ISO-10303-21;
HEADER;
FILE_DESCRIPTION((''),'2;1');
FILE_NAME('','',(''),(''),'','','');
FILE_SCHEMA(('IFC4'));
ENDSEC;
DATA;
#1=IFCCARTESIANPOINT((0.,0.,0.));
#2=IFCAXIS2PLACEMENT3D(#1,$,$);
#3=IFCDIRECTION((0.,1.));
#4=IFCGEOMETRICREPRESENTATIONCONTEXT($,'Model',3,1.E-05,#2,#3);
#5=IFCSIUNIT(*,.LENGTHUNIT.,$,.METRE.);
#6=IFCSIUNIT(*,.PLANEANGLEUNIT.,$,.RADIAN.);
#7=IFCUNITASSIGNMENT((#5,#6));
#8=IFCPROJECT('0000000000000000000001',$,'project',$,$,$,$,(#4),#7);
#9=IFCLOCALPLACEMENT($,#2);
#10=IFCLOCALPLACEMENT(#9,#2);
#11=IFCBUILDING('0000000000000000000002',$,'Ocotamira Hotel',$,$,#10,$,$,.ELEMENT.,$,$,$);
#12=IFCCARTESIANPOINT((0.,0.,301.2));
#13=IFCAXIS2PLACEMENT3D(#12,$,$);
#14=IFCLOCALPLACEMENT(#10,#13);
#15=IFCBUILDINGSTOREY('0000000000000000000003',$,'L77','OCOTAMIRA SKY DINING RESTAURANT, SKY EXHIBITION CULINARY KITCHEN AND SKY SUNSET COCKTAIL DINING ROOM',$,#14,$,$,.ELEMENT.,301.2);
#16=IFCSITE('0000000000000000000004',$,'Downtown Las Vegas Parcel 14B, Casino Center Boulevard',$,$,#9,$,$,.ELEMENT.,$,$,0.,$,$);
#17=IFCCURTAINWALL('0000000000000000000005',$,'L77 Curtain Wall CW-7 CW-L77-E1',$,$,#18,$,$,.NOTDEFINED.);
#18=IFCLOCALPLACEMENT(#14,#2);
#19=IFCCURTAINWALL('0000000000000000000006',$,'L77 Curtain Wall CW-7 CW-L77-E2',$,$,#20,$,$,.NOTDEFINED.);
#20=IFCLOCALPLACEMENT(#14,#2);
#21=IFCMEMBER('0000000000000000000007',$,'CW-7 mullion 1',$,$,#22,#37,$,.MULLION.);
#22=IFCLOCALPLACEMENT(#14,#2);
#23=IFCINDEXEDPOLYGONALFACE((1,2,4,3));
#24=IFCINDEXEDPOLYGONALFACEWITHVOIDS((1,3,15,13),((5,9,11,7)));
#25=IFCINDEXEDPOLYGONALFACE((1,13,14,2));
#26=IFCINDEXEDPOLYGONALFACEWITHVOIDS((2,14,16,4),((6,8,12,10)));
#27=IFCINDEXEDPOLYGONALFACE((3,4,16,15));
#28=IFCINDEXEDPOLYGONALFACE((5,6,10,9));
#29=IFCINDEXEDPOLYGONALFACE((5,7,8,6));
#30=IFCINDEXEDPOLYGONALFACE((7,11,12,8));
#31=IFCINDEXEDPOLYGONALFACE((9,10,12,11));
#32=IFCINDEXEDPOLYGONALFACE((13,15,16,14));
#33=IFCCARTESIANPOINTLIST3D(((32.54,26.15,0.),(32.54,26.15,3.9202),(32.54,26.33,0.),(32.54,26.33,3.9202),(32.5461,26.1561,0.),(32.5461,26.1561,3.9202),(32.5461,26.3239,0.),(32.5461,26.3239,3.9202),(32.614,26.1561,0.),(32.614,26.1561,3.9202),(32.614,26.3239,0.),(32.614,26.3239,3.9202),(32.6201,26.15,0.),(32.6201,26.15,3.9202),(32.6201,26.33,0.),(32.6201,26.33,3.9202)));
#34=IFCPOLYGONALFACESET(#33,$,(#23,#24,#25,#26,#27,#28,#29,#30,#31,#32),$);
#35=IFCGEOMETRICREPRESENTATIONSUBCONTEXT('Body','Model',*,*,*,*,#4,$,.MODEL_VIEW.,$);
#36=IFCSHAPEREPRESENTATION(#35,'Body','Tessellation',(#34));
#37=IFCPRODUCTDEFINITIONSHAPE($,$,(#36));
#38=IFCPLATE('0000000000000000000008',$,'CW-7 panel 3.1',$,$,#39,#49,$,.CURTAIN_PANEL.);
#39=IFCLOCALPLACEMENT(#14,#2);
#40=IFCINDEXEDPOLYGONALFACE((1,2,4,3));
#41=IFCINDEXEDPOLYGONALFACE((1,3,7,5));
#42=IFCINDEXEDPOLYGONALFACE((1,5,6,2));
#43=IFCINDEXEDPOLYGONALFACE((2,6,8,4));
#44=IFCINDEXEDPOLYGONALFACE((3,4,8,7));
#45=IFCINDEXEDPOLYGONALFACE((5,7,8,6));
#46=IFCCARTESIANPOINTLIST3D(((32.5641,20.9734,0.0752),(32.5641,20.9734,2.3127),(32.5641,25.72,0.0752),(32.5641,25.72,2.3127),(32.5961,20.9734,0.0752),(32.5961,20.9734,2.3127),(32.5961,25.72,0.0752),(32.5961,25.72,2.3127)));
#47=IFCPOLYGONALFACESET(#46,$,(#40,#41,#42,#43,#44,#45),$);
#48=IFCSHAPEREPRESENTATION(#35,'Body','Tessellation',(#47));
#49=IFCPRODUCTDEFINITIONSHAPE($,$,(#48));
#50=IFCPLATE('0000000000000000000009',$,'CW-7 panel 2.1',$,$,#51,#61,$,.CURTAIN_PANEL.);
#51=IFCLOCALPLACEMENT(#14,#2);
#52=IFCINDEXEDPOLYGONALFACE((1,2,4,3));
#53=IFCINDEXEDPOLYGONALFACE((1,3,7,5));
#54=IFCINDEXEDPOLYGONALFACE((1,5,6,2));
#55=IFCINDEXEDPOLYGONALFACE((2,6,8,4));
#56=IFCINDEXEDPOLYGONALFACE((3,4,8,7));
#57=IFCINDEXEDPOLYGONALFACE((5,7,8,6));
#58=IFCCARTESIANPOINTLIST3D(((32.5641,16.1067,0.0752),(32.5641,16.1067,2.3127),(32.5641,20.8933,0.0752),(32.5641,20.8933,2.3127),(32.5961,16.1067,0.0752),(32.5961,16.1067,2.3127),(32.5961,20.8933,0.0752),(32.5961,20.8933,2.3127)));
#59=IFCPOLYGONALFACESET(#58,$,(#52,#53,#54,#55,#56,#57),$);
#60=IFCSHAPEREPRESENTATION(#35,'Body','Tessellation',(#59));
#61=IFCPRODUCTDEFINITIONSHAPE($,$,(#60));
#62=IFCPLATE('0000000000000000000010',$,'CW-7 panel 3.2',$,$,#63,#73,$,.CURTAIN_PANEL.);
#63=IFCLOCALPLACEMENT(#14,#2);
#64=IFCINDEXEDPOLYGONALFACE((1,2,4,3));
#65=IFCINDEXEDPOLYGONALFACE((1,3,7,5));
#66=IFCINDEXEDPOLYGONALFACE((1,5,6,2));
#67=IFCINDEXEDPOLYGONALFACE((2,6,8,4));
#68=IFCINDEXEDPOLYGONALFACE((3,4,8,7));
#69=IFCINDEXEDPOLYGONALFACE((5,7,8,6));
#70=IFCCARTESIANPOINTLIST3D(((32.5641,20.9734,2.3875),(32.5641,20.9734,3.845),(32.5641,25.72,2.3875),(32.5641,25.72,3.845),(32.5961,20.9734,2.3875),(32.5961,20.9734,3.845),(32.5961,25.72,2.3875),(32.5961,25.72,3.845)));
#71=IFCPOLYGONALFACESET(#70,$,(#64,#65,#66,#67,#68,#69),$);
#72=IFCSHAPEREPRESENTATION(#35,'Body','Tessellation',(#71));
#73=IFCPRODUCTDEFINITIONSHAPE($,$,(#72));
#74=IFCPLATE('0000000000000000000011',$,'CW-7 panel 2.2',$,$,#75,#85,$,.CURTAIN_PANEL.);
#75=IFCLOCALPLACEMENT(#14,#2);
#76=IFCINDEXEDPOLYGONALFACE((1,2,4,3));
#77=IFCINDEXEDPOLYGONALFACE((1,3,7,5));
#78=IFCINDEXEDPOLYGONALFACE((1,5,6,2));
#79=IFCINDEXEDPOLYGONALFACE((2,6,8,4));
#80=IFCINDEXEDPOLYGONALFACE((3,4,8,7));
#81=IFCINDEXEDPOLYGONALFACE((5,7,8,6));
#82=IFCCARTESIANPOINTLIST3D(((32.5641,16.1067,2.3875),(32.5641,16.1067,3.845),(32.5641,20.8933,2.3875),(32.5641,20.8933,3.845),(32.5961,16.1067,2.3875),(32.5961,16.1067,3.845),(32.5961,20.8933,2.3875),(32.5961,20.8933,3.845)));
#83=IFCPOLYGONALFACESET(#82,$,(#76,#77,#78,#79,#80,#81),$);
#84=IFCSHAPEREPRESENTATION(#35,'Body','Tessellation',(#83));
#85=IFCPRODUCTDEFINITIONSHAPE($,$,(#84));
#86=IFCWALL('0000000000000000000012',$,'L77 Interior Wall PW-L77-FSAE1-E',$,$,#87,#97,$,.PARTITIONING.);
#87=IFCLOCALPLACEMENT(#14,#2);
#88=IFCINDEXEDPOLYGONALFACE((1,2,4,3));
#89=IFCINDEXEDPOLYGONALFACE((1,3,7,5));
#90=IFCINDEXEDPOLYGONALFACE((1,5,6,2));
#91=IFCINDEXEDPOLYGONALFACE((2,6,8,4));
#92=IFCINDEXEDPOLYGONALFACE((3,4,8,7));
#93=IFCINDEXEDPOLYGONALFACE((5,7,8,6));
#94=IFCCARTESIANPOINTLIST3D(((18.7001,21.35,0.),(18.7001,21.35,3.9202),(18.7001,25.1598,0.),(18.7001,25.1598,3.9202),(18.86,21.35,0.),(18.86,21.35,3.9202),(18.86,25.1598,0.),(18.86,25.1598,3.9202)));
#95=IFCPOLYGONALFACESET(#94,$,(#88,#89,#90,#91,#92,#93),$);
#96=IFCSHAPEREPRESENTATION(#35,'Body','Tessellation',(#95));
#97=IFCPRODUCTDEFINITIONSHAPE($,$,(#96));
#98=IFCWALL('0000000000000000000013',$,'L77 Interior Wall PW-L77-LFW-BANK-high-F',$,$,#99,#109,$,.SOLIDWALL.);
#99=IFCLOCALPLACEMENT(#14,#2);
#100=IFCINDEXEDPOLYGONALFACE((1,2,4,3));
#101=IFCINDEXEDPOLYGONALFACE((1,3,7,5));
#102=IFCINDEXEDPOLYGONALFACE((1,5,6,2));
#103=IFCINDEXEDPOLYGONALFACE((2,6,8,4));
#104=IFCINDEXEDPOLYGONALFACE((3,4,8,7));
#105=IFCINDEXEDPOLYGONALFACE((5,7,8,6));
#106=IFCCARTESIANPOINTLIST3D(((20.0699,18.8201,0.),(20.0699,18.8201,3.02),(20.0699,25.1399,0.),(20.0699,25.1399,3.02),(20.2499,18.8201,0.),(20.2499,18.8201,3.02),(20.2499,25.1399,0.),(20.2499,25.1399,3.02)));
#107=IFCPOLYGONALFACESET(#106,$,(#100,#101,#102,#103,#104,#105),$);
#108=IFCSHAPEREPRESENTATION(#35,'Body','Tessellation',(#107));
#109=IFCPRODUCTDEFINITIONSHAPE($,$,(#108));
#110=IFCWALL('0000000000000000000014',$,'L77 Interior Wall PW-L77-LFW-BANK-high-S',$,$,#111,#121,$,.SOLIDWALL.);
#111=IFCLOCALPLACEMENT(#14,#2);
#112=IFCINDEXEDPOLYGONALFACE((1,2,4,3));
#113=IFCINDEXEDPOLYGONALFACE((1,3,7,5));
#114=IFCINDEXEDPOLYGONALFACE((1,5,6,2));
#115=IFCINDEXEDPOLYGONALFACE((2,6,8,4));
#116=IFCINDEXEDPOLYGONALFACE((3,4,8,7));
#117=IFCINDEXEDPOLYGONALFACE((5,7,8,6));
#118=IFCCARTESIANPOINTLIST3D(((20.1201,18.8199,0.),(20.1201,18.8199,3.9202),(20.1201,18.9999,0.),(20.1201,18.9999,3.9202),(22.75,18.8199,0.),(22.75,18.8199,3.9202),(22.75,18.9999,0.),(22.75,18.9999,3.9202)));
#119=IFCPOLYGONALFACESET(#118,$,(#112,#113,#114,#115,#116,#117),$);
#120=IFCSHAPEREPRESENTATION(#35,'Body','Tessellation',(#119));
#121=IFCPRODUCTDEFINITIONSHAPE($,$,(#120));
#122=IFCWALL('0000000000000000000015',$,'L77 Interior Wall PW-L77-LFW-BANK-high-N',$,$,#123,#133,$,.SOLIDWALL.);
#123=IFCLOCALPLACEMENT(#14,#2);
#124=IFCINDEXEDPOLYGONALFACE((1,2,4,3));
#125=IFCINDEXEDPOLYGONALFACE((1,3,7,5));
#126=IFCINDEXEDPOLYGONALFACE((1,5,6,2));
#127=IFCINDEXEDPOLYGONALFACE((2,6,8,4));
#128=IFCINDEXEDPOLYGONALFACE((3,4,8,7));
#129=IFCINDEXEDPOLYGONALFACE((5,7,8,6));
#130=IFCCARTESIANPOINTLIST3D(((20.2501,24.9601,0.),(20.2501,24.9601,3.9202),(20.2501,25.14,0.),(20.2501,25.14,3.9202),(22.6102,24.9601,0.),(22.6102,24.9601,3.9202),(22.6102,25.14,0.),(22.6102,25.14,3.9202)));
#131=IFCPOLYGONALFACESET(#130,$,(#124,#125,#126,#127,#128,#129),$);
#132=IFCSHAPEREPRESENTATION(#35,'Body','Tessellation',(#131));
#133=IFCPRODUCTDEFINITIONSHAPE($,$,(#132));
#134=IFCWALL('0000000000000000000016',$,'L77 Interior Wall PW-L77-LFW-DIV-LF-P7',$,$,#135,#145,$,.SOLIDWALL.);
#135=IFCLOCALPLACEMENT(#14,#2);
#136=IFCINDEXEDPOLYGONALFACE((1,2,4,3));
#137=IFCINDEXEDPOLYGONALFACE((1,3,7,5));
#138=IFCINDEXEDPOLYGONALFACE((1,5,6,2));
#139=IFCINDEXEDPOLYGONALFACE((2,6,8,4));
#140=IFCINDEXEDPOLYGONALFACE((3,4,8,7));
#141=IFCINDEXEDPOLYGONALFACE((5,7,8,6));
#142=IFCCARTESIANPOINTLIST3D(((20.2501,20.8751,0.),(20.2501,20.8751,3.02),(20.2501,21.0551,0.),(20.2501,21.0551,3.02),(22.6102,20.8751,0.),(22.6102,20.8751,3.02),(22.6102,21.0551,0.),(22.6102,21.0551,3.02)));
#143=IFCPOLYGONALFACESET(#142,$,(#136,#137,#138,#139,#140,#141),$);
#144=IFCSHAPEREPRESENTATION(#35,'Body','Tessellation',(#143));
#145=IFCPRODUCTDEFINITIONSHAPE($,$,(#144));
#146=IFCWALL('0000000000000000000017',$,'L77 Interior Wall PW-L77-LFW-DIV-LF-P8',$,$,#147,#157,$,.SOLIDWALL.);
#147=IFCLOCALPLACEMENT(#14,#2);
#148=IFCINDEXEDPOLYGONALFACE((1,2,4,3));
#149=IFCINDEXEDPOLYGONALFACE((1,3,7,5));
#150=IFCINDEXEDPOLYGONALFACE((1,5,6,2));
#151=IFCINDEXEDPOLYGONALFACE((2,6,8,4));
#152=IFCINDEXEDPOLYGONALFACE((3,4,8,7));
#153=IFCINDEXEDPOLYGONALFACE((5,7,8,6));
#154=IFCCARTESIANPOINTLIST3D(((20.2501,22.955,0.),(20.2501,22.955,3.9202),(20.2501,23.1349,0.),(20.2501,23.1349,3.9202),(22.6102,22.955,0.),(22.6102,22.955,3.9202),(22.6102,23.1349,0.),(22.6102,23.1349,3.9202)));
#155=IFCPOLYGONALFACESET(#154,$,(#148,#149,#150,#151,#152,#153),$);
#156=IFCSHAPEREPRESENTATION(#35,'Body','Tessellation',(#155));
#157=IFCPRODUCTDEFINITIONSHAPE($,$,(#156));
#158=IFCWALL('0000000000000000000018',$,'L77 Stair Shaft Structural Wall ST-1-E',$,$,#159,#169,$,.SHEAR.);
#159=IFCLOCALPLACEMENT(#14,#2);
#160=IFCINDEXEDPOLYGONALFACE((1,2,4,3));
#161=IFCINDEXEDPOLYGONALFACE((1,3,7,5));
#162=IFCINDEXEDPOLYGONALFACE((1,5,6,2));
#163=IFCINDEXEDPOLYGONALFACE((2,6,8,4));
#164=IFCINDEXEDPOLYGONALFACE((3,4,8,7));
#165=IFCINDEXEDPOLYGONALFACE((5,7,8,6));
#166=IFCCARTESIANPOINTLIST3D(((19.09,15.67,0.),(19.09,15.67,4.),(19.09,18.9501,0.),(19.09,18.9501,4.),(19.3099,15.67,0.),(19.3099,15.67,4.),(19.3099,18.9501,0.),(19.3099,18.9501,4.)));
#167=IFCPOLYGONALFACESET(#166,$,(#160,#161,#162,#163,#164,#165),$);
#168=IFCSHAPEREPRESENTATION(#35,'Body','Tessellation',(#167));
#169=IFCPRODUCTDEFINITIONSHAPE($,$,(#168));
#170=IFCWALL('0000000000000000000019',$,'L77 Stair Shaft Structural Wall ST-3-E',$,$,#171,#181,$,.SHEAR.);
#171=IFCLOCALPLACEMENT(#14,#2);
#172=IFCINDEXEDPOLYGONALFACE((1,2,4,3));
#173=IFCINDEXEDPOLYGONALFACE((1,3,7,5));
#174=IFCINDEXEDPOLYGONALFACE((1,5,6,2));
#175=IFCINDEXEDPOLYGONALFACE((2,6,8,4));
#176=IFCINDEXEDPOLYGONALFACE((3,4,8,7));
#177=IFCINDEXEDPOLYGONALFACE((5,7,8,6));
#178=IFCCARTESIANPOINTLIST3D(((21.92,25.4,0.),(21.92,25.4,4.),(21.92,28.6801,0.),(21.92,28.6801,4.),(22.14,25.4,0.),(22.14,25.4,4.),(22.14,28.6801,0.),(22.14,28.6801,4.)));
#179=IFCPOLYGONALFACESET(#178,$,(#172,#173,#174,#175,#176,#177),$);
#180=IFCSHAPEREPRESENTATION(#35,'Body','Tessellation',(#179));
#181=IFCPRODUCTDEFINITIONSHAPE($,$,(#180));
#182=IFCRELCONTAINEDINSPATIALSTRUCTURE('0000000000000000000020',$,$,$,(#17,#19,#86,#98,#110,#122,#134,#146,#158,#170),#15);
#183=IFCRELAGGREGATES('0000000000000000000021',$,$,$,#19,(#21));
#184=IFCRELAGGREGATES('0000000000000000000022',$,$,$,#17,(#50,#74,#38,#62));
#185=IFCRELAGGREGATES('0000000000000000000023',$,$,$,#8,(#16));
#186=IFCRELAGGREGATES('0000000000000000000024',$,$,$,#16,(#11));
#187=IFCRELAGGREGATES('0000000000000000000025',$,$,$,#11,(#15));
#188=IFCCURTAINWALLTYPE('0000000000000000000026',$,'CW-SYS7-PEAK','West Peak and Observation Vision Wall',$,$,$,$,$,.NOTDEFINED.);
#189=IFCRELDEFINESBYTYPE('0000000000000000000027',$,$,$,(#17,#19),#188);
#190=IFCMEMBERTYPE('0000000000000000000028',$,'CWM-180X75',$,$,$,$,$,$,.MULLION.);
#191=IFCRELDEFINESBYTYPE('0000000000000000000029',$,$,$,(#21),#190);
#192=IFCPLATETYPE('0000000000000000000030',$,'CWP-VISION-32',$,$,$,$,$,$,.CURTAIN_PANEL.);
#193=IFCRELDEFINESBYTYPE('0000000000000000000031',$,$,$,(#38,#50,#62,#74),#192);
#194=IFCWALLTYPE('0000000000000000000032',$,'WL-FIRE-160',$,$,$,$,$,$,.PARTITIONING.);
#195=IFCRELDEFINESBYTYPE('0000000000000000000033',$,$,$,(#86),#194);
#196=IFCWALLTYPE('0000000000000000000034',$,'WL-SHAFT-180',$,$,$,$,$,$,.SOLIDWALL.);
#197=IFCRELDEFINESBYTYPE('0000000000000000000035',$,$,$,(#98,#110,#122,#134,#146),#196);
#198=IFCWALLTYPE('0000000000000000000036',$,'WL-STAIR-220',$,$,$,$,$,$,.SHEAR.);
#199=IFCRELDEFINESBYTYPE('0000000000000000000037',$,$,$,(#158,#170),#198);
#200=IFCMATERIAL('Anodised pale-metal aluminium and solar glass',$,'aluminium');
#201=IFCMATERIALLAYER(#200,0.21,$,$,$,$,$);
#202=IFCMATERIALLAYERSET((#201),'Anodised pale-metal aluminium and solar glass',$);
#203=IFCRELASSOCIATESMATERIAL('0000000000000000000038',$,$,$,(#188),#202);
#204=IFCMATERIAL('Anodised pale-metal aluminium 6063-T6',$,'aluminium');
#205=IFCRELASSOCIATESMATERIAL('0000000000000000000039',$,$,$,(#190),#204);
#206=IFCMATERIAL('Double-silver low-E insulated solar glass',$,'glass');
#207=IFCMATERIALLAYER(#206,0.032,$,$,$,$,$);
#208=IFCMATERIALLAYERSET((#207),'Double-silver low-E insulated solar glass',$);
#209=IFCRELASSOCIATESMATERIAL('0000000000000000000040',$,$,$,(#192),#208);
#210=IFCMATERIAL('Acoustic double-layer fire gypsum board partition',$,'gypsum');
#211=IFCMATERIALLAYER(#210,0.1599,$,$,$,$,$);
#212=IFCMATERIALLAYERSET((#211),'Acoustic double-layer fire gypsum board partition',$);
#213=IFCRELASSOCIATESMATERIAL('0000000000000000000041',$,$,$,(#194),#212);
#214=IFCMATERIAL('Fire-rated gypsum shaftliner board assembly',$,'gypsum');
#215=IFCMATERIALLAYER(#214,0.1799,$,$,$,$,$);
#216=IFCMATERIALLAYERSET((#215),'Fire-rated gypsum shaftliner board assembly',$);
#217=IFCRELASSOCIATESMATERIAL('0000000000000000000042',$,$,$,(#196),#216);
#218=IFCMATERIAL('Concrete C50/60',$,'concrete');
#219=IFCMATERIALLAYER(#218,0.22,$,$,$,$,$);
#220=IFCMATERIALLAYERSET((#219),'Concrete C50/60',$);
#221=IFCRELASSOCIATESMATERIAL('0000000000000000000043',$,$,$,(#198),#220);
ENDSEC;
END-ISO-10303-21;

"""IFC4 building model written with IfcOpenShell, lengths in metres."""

from ifc_helpers import new_model, si_unit, direction, frame, frame_2d, origin, origin_2d, place, context, subcontext, project, spatial, rectangle, hollow_rectangle, extrude, source, transform, mapped, material, layer, layer_set, material_profile, profile_set, type_object, element, aggregate, save


model = new_model("IFC4")

# Units and contexts
model_context = context("Model", 3, precision=1e-05, world=origin(), true_north=direction((0.0, 1.0)))
body_context = subcontext(model_context, "Body", "Model", "MODEL_VIEW")
ifc_project = project(units=[si_unit("LENGTHUNIT", "METRE"), si_unit("PLANEANGLEUNIT", "RADIAN")], contexts=[model_context])

# Site, building, storey
site_placement = place(None, origin())
site = spatial("IfcSite", under=ifc_project, at=site_placement, Name="Downtown Las Vegas Parcel 14B, Casino Center Boulevard", CompositionType="ELEMENT", RefElevation=0.0)
building_placement = place(site_placement, origin())
building = spatial("IfcBuilding", under=site, at=building_placement, Name="Ocotamira Hotel", CompositionType="ELEMENT")
storey_placement = place(building_placement, frame((0.0, 0.0, 301.2)))
storey = spatial("IfcBuildingStorey", under=building, at=storey_placement, Name="L77", Description="OCOTAMIRA SKY DINING RESTAURANT, SKY EXHIBITION CULINARY KITCHEN AND SKY SUNSET COCKTAIL DINING ROOM", CompositionType="ELEMENT", Elevation=301.2)

# Curtain wall
ifc_material_1 = material(Name="Anodised pale-metal aluminium and solar glass", Category="aluminium")
ifc_layer_1 = layer(ifc_material_1, 0.21)
ifc_layer_set_1 = layer_set([ifc_layer_1], Name="Anodised pale-metal aluminium and solar glass")
curtain_wall_type = type_object("IfcCurtainWallType", Name="CW-SYS7-PEAK", Description="West Peak and Observation Vision Wall", PredefinedType="NOTDEFINED", material=ifc_layer_set_1)
curtain_wall_1_placement = place(storey_placement, origin())
curtain_wall_1 = element("IfcCurtainWall", 1, at=curtain_wall_1_placement, inside=storey, type_object=curtain_wall_type, Name="L77 Curtain Wall CW-7 CW-L77-E1", PredefinedType="NOTDEFINED")
ifc_material_2 = material(Name="Anodised pale-metal aluminium 6063-T6", Category="aluminium")
ifc_material_profile_1 = material_profile(ifc_material_2, hollow_rectangle(XDim=0.0801, YDim=0.1799, WallThickness=0.0061, at=origin_2d()), Name="HSS180X80X6")
ifc_profile_set_1 = profile_set([ifc_material_profile_1], Name="Anodised pale-metal aluminium 6063-T6")
member_type_1 = type_object("IfcMemberType", Name="CWM-180X75", PredefinedType="MULLION", material=ifc_profile_set_1)
shared_shape_1 = source(origin(), body_context, "Body", "SweptSolid", [
    extrude(hollow_rectangle(XDim=0.0801, YDim=0.1799, WallThickness=0.0061, at=origin_2d()), origin(), (0.0, 0.0, 1.0), 3.9202),
])

# Curtain wall, member
curtain_wall_2_placement = place(storey_placement, origin())
curtain_wall_2 = element("IfcCurtainWall", 2, at=curtain_wall_2_placement, inside=storey, type_object=curtain_wall_type, Name="L77 Curtain Wall CW-7 CW-L77-E2", PredefinedType="NOTDEFINED")
member_1_placement = place(storey_placement, frame((32.5801, 26.24, 0.0), z_axis=(0.0, 0.0, 1.0), x_axis=(-1.0, 0.0, 0.0)))
member_1 = element("IfcMember", 3, at=member_1_placement, type_object=member_type_1, Name="CW-7 mullion 1", PredefinedType="MULLION", context=body_context, shape_type="MappedRepresentation", body=[
    mapped(shared_shape_1, transform((0.0, 0.0, 0.0), scale=1.0)),
])
aggregate(curtain_wall_2, [member_1])

# Plates
ifc_material_3 = material(Name="Double-silver low-E insulated solar glass", Category="glass")
ifc_layer_2 = layer(ifc_material_3, 0.032)
ifc_layer_set_2 = layer_set([ifc_layer_2], Name="Double-silver low-E insulated solar glass")
plate_type = type_object("IfcPlateType", Name="CWP-VISION-32", PredefinedType="CURTAIN_PANEL", material=ifc_layer_set_2)
shared_shape_2 = source(origin(), body_context, "Body", "SweptSolid", [
    extrude(rectangle(XDim=4.7466, YDim=0.032, at=origin_2d()), origin(), (0.0, 0.0, 1.0), 2.2375),
])
plate_1_placement = place(storey_placement, frame((32.5801, 23.3467, 0.0752), z_axis=(0.0, 0.0, 1.0), x_axis=(0.0, 1.0, 0.0)))
plate_1 = element("IfcPlate", 4, at=plate_1_placement, type_object=plate_type, Name="CW-7 panel 3.1", PredefinedType="CURTAIN_PANEL", context=body_context, shape_type="MappedRepresentation", body=[
    mapped(shared_shape_2, transform((0.0, 0.0, 0.0), scale=1.0)),
])
shared_shape_3 = source(origin(), body_context, "Body", "SweptSolid", [
    extrude(rectangle(XDim=4.7866, YDim=0.032, at=origin_2d()), origin(), (0.0, 0.0, 1.0), 2.2375),
])
plate_2_placement = place(storey_placement, frame((32.5801, 18.5, 0.0752), z_axis=(0.0, 0.0, 1.0), x_axis=(0.0, 1.0, 0.0)))
plate_2 = element("IfcPlate", 5, at=plate_2_placement, type_object=plate_type, Name="CW-7 panel 2.1", PredefinedType="CURTAIN_PANEL", context=body_context, shape_type="MappedRepresentation", body=[
    mapped(shared_shape_3, transform((0.0, 0.0, 0.0), scale=1.0)),
])
shared_shape_4 = source(origin(), body_context, "Body", "SweptSolid", [
    extrude(rectangle(XDim=4.7466, YDim=0.032, at=origin_2d()), origin(), (0.0, 0.0, 1.0), 1.4575),
])
plate_3_placement = place(storey_placement, frame((32.5801, 23.3467, 2.3875), z_axis=(0.0, 0.0, 1.0), x_axis=(0.0, 1.0, 0.0)))
plate_3 = element("IfcPlate", 6, at=plate_3_placement, type_object=plate_type, Name="CW-7 panel 3.2", PredefinedType="CURTAIN_PANEL", context=body_context, shape_type="MappedRepresentation", body=[
    mapped(shared_shape_4, transform((0.0, 0.0, 0.0), scale=1.0)),
])
shared_shape_5 = source(origin(), body_context, "Body", "SweptSolid", [
    extrude(rectangle(XDim=4.7866, YDim=0.032, at=origin_2d()), origin(), (0.0, 0.0, 1.0), 1.4575),
])
plate_4_placement = place(storey_placement, frame((32.5801, 18.5, 2.3875), z_axis=(0.0, 0.0, 1.0), x_axis=(0.0, 1.0, 0.0)))
plate_4 = element("IfcPlate", 7, at=plate_4_placement, type_object=plate_type, Name="CW-7 panel 2.2", PredefinedType="CURTAIN_PANEL", context=body_context, shape_type="MappedRepresentation", body=[
    mapped(shared_shape_5, transform((0.0, 0.0, 0.0), scale=1.0)),
])
aggregate(curtain_wall_1, [plate_2, plate_4, plate_1, plate_3])

# Walls
ifc_material_4 = material(Name="Acoustic double-layer fire gypsum board partition", Category="gypsum")
ifc_layer_3 = layer(ifc_material_4, 0.1599)
ifc_layer_set_3 = layer_set([ifc_layer_3], Name="Acoustic double-layer fire gypsum board partition")
wall_type_1 = type_object("IfcWallType", Name="WL-FIRE-160", PredefinedType="PARTITIONING", material=ifc_layer_set_3)
wall_1_placement = place(storey_placement, frame((18.78, 21.3501, 0.0), z_axis=(0.0, 0.0, 1.0), x_axis=(0.0, 1.0, 0.0)))
element("IfcWall", 8, at=wall_1_placement, inside=storey, type_object=wall_type_1, Name="L77 Interior Wall PW-L77-FSAE1-E", PredefinedType="PARTITIONING", context=body_context, shape_type="SweptSolid", body=[
    extrude(rectangle(XDim=3.8098, YDim=0.1599, at=frame_2d((1.9048, 0.0))), origin(), (0.0, 0.0, 1.0), 3.9202),
])
ifc_material_5 = material(Name="Fire-rated gypsum shaftliner board assembly", Category="gypsum")
ifc_layer_4 = layer(ifc_material_5, 0.1799)
ifc_layer_set_4 = layer_set([ifc_layer_4], Name="Fire-rated gypsum shaftliner board assembly")
wall_type_2 = type_object("IfcWallType", Name="WL-SHAFT-180", PredefinedType="SOLIDWALL", material=ifc_layer_set_4)
wall_2_placement = place(storey_placement, frame((20.1599, 18.8201, 0.0), z_axis=(0.0, 0.0, 1.0), x_axis=(0.0, 1.0, 0.0)))
element("IfcWall", 9, at=wall_2_placement, inside=storey, type_object=wall_type_2, Name="L77 Interior Wall PW-L77-LFW-BANK-high-F", PredefinedType="SOLIDWALL", context=body_context, shape_type="SweptSolid", body=[
    extrude(rectangle(XDim=6.3198, YDim=0.1799, at=frame_2d((3.1599, 0.0))), origin(), (0.0, 0.0, 1.0), 3.02),
])
wall_3_placement = place(storey_placement, frame((20.1201, 18.9099, 0.0), z_axis=(0.0, 0.0, 1.0), x_axis=(1.0, 0.0, 0.0)))
element("IfcWall", 10, at=wall_3_placement, inside=storey, type_object=wall_type_2, Name="L77 Interior Wall PW-L77-LFW-BANK-high-S", PredefinedType="SOLIDWALL", context=body_context, shape_type="SweptSolid", body=[
    extrude(rectangle(XDim=2.6299, YDim=0.1799, at=frame_2d((1.3149, 0.0))), origin(), (0.0, 0.0, 1.0), 3.9202),
])
wall_4_placement = place(storey_placement, frame((20.25, 25.05, 0.0), z_axis=(0.0, 0.0, 1.0), x_axis=(1.0, 0.0, 0.0)))
element("IfcWall", 11, at=wall_4_placement, inside=storey, type_object=wall_type_2, Name="L77 Interior Wall PW-L77-LFW-BANK-high-N", PredefinedType="SOLIDWALL", context=body_context, shape_type="SweptSolid", body=[
    extrude(rectangle(XDim=2.3601, YDim=0.1799, at=frame_2d((1.1802, 0.0))), origin(), (0.0, 0.0, 1.0), 3.9202),
])
wall_5_placement = place(storey_placement, frame((20.25, 20.9651, 0.0), z_axis=(0.0, 0.0, 1.0), x_axis=(1.0, 0.0, 0.0)))
element("IfcWall", 12, at=wall_5_placement, inside=storey, type_object=wall_type_2, Name="L77 Interior Wall PW-L77-LFW-DIV-LF-P7", PredefinedType="SOLIDWALL", context=body_context, shape_type="SweptSolid", body=[
    extrude(rectangle(XDim=2.3601, YDim=0.1799, at=frame_2d((1.1802, 0.0))), origin(), (0.0, 0.0, 1.0), 3.02),
])
wall_6_placement = place(storey_placement, frame((20.25, 23.0449, 0.0), z_axis=(0.0, 0.0, 1.0), x_axis=(1.0, 0.0, 0.0)))
element("IfcWall", 13, at=wall_6_placement, inside=storey, type_object=wall_type_2, Name="L77 Interior Wall PW-L77-LFW-DIV-LF-P8", PredefinedType="SOLIDWALL", context=body_context, shape_type="SweptSolid", body=[
    extrude(rectangle(XDim=2.3601, YDim=0.1799, at=frame_2d((1.1802, 0.0))), origin(), (0.0, 0.0, 1.0), 3.9202),
])
ifc_material_6 = material(Name="Concrete C50/60", Category="concrete")
ifc_layer_5 = layer(ifc_material_6, 0.22)
ifc_layer_set_5 = layer_set([ifc_layer_5], Name="Concrete C50/60")
wall_type_3 = type_object("IfcWallType", Name="WL-STAIR-220", PredefinedType="SHEAR", material=ifc_layer_set_5)
for number, where, z_axis, x_axis, name in (
    (14, (19.2, 15.6699, 0.0), (0.0, 0.0, 1.0), (0.0, 1.0, 0.0), "L77 Stair Shaft Structural Wall ST-1-E"),
    (15, (22.03, 25.3999, 0.0), (0.0, 0.0, 1.0), (0.0, 1.0, 0.0), "L77 Stair Shaft Structural Wall ST-3-E"),
):
    element("IfcWall", number, at=place(storey_placement, frame(where, z_axis=z_axis, x_axis=x_axis)), inside=storey, type_object=wall_type_3, Name=name, PredefinedType="SHEAR", context=body_context, shape_type="SweptSolid", body=[
        extrude(rectangle(XDim=3.28, YDim=0.22, at=frame_2d((1.6401, 0.0))), origin(), (0.0, 0.0, 1.0), 4.0),
    ])

save(model, "model.ifc")
